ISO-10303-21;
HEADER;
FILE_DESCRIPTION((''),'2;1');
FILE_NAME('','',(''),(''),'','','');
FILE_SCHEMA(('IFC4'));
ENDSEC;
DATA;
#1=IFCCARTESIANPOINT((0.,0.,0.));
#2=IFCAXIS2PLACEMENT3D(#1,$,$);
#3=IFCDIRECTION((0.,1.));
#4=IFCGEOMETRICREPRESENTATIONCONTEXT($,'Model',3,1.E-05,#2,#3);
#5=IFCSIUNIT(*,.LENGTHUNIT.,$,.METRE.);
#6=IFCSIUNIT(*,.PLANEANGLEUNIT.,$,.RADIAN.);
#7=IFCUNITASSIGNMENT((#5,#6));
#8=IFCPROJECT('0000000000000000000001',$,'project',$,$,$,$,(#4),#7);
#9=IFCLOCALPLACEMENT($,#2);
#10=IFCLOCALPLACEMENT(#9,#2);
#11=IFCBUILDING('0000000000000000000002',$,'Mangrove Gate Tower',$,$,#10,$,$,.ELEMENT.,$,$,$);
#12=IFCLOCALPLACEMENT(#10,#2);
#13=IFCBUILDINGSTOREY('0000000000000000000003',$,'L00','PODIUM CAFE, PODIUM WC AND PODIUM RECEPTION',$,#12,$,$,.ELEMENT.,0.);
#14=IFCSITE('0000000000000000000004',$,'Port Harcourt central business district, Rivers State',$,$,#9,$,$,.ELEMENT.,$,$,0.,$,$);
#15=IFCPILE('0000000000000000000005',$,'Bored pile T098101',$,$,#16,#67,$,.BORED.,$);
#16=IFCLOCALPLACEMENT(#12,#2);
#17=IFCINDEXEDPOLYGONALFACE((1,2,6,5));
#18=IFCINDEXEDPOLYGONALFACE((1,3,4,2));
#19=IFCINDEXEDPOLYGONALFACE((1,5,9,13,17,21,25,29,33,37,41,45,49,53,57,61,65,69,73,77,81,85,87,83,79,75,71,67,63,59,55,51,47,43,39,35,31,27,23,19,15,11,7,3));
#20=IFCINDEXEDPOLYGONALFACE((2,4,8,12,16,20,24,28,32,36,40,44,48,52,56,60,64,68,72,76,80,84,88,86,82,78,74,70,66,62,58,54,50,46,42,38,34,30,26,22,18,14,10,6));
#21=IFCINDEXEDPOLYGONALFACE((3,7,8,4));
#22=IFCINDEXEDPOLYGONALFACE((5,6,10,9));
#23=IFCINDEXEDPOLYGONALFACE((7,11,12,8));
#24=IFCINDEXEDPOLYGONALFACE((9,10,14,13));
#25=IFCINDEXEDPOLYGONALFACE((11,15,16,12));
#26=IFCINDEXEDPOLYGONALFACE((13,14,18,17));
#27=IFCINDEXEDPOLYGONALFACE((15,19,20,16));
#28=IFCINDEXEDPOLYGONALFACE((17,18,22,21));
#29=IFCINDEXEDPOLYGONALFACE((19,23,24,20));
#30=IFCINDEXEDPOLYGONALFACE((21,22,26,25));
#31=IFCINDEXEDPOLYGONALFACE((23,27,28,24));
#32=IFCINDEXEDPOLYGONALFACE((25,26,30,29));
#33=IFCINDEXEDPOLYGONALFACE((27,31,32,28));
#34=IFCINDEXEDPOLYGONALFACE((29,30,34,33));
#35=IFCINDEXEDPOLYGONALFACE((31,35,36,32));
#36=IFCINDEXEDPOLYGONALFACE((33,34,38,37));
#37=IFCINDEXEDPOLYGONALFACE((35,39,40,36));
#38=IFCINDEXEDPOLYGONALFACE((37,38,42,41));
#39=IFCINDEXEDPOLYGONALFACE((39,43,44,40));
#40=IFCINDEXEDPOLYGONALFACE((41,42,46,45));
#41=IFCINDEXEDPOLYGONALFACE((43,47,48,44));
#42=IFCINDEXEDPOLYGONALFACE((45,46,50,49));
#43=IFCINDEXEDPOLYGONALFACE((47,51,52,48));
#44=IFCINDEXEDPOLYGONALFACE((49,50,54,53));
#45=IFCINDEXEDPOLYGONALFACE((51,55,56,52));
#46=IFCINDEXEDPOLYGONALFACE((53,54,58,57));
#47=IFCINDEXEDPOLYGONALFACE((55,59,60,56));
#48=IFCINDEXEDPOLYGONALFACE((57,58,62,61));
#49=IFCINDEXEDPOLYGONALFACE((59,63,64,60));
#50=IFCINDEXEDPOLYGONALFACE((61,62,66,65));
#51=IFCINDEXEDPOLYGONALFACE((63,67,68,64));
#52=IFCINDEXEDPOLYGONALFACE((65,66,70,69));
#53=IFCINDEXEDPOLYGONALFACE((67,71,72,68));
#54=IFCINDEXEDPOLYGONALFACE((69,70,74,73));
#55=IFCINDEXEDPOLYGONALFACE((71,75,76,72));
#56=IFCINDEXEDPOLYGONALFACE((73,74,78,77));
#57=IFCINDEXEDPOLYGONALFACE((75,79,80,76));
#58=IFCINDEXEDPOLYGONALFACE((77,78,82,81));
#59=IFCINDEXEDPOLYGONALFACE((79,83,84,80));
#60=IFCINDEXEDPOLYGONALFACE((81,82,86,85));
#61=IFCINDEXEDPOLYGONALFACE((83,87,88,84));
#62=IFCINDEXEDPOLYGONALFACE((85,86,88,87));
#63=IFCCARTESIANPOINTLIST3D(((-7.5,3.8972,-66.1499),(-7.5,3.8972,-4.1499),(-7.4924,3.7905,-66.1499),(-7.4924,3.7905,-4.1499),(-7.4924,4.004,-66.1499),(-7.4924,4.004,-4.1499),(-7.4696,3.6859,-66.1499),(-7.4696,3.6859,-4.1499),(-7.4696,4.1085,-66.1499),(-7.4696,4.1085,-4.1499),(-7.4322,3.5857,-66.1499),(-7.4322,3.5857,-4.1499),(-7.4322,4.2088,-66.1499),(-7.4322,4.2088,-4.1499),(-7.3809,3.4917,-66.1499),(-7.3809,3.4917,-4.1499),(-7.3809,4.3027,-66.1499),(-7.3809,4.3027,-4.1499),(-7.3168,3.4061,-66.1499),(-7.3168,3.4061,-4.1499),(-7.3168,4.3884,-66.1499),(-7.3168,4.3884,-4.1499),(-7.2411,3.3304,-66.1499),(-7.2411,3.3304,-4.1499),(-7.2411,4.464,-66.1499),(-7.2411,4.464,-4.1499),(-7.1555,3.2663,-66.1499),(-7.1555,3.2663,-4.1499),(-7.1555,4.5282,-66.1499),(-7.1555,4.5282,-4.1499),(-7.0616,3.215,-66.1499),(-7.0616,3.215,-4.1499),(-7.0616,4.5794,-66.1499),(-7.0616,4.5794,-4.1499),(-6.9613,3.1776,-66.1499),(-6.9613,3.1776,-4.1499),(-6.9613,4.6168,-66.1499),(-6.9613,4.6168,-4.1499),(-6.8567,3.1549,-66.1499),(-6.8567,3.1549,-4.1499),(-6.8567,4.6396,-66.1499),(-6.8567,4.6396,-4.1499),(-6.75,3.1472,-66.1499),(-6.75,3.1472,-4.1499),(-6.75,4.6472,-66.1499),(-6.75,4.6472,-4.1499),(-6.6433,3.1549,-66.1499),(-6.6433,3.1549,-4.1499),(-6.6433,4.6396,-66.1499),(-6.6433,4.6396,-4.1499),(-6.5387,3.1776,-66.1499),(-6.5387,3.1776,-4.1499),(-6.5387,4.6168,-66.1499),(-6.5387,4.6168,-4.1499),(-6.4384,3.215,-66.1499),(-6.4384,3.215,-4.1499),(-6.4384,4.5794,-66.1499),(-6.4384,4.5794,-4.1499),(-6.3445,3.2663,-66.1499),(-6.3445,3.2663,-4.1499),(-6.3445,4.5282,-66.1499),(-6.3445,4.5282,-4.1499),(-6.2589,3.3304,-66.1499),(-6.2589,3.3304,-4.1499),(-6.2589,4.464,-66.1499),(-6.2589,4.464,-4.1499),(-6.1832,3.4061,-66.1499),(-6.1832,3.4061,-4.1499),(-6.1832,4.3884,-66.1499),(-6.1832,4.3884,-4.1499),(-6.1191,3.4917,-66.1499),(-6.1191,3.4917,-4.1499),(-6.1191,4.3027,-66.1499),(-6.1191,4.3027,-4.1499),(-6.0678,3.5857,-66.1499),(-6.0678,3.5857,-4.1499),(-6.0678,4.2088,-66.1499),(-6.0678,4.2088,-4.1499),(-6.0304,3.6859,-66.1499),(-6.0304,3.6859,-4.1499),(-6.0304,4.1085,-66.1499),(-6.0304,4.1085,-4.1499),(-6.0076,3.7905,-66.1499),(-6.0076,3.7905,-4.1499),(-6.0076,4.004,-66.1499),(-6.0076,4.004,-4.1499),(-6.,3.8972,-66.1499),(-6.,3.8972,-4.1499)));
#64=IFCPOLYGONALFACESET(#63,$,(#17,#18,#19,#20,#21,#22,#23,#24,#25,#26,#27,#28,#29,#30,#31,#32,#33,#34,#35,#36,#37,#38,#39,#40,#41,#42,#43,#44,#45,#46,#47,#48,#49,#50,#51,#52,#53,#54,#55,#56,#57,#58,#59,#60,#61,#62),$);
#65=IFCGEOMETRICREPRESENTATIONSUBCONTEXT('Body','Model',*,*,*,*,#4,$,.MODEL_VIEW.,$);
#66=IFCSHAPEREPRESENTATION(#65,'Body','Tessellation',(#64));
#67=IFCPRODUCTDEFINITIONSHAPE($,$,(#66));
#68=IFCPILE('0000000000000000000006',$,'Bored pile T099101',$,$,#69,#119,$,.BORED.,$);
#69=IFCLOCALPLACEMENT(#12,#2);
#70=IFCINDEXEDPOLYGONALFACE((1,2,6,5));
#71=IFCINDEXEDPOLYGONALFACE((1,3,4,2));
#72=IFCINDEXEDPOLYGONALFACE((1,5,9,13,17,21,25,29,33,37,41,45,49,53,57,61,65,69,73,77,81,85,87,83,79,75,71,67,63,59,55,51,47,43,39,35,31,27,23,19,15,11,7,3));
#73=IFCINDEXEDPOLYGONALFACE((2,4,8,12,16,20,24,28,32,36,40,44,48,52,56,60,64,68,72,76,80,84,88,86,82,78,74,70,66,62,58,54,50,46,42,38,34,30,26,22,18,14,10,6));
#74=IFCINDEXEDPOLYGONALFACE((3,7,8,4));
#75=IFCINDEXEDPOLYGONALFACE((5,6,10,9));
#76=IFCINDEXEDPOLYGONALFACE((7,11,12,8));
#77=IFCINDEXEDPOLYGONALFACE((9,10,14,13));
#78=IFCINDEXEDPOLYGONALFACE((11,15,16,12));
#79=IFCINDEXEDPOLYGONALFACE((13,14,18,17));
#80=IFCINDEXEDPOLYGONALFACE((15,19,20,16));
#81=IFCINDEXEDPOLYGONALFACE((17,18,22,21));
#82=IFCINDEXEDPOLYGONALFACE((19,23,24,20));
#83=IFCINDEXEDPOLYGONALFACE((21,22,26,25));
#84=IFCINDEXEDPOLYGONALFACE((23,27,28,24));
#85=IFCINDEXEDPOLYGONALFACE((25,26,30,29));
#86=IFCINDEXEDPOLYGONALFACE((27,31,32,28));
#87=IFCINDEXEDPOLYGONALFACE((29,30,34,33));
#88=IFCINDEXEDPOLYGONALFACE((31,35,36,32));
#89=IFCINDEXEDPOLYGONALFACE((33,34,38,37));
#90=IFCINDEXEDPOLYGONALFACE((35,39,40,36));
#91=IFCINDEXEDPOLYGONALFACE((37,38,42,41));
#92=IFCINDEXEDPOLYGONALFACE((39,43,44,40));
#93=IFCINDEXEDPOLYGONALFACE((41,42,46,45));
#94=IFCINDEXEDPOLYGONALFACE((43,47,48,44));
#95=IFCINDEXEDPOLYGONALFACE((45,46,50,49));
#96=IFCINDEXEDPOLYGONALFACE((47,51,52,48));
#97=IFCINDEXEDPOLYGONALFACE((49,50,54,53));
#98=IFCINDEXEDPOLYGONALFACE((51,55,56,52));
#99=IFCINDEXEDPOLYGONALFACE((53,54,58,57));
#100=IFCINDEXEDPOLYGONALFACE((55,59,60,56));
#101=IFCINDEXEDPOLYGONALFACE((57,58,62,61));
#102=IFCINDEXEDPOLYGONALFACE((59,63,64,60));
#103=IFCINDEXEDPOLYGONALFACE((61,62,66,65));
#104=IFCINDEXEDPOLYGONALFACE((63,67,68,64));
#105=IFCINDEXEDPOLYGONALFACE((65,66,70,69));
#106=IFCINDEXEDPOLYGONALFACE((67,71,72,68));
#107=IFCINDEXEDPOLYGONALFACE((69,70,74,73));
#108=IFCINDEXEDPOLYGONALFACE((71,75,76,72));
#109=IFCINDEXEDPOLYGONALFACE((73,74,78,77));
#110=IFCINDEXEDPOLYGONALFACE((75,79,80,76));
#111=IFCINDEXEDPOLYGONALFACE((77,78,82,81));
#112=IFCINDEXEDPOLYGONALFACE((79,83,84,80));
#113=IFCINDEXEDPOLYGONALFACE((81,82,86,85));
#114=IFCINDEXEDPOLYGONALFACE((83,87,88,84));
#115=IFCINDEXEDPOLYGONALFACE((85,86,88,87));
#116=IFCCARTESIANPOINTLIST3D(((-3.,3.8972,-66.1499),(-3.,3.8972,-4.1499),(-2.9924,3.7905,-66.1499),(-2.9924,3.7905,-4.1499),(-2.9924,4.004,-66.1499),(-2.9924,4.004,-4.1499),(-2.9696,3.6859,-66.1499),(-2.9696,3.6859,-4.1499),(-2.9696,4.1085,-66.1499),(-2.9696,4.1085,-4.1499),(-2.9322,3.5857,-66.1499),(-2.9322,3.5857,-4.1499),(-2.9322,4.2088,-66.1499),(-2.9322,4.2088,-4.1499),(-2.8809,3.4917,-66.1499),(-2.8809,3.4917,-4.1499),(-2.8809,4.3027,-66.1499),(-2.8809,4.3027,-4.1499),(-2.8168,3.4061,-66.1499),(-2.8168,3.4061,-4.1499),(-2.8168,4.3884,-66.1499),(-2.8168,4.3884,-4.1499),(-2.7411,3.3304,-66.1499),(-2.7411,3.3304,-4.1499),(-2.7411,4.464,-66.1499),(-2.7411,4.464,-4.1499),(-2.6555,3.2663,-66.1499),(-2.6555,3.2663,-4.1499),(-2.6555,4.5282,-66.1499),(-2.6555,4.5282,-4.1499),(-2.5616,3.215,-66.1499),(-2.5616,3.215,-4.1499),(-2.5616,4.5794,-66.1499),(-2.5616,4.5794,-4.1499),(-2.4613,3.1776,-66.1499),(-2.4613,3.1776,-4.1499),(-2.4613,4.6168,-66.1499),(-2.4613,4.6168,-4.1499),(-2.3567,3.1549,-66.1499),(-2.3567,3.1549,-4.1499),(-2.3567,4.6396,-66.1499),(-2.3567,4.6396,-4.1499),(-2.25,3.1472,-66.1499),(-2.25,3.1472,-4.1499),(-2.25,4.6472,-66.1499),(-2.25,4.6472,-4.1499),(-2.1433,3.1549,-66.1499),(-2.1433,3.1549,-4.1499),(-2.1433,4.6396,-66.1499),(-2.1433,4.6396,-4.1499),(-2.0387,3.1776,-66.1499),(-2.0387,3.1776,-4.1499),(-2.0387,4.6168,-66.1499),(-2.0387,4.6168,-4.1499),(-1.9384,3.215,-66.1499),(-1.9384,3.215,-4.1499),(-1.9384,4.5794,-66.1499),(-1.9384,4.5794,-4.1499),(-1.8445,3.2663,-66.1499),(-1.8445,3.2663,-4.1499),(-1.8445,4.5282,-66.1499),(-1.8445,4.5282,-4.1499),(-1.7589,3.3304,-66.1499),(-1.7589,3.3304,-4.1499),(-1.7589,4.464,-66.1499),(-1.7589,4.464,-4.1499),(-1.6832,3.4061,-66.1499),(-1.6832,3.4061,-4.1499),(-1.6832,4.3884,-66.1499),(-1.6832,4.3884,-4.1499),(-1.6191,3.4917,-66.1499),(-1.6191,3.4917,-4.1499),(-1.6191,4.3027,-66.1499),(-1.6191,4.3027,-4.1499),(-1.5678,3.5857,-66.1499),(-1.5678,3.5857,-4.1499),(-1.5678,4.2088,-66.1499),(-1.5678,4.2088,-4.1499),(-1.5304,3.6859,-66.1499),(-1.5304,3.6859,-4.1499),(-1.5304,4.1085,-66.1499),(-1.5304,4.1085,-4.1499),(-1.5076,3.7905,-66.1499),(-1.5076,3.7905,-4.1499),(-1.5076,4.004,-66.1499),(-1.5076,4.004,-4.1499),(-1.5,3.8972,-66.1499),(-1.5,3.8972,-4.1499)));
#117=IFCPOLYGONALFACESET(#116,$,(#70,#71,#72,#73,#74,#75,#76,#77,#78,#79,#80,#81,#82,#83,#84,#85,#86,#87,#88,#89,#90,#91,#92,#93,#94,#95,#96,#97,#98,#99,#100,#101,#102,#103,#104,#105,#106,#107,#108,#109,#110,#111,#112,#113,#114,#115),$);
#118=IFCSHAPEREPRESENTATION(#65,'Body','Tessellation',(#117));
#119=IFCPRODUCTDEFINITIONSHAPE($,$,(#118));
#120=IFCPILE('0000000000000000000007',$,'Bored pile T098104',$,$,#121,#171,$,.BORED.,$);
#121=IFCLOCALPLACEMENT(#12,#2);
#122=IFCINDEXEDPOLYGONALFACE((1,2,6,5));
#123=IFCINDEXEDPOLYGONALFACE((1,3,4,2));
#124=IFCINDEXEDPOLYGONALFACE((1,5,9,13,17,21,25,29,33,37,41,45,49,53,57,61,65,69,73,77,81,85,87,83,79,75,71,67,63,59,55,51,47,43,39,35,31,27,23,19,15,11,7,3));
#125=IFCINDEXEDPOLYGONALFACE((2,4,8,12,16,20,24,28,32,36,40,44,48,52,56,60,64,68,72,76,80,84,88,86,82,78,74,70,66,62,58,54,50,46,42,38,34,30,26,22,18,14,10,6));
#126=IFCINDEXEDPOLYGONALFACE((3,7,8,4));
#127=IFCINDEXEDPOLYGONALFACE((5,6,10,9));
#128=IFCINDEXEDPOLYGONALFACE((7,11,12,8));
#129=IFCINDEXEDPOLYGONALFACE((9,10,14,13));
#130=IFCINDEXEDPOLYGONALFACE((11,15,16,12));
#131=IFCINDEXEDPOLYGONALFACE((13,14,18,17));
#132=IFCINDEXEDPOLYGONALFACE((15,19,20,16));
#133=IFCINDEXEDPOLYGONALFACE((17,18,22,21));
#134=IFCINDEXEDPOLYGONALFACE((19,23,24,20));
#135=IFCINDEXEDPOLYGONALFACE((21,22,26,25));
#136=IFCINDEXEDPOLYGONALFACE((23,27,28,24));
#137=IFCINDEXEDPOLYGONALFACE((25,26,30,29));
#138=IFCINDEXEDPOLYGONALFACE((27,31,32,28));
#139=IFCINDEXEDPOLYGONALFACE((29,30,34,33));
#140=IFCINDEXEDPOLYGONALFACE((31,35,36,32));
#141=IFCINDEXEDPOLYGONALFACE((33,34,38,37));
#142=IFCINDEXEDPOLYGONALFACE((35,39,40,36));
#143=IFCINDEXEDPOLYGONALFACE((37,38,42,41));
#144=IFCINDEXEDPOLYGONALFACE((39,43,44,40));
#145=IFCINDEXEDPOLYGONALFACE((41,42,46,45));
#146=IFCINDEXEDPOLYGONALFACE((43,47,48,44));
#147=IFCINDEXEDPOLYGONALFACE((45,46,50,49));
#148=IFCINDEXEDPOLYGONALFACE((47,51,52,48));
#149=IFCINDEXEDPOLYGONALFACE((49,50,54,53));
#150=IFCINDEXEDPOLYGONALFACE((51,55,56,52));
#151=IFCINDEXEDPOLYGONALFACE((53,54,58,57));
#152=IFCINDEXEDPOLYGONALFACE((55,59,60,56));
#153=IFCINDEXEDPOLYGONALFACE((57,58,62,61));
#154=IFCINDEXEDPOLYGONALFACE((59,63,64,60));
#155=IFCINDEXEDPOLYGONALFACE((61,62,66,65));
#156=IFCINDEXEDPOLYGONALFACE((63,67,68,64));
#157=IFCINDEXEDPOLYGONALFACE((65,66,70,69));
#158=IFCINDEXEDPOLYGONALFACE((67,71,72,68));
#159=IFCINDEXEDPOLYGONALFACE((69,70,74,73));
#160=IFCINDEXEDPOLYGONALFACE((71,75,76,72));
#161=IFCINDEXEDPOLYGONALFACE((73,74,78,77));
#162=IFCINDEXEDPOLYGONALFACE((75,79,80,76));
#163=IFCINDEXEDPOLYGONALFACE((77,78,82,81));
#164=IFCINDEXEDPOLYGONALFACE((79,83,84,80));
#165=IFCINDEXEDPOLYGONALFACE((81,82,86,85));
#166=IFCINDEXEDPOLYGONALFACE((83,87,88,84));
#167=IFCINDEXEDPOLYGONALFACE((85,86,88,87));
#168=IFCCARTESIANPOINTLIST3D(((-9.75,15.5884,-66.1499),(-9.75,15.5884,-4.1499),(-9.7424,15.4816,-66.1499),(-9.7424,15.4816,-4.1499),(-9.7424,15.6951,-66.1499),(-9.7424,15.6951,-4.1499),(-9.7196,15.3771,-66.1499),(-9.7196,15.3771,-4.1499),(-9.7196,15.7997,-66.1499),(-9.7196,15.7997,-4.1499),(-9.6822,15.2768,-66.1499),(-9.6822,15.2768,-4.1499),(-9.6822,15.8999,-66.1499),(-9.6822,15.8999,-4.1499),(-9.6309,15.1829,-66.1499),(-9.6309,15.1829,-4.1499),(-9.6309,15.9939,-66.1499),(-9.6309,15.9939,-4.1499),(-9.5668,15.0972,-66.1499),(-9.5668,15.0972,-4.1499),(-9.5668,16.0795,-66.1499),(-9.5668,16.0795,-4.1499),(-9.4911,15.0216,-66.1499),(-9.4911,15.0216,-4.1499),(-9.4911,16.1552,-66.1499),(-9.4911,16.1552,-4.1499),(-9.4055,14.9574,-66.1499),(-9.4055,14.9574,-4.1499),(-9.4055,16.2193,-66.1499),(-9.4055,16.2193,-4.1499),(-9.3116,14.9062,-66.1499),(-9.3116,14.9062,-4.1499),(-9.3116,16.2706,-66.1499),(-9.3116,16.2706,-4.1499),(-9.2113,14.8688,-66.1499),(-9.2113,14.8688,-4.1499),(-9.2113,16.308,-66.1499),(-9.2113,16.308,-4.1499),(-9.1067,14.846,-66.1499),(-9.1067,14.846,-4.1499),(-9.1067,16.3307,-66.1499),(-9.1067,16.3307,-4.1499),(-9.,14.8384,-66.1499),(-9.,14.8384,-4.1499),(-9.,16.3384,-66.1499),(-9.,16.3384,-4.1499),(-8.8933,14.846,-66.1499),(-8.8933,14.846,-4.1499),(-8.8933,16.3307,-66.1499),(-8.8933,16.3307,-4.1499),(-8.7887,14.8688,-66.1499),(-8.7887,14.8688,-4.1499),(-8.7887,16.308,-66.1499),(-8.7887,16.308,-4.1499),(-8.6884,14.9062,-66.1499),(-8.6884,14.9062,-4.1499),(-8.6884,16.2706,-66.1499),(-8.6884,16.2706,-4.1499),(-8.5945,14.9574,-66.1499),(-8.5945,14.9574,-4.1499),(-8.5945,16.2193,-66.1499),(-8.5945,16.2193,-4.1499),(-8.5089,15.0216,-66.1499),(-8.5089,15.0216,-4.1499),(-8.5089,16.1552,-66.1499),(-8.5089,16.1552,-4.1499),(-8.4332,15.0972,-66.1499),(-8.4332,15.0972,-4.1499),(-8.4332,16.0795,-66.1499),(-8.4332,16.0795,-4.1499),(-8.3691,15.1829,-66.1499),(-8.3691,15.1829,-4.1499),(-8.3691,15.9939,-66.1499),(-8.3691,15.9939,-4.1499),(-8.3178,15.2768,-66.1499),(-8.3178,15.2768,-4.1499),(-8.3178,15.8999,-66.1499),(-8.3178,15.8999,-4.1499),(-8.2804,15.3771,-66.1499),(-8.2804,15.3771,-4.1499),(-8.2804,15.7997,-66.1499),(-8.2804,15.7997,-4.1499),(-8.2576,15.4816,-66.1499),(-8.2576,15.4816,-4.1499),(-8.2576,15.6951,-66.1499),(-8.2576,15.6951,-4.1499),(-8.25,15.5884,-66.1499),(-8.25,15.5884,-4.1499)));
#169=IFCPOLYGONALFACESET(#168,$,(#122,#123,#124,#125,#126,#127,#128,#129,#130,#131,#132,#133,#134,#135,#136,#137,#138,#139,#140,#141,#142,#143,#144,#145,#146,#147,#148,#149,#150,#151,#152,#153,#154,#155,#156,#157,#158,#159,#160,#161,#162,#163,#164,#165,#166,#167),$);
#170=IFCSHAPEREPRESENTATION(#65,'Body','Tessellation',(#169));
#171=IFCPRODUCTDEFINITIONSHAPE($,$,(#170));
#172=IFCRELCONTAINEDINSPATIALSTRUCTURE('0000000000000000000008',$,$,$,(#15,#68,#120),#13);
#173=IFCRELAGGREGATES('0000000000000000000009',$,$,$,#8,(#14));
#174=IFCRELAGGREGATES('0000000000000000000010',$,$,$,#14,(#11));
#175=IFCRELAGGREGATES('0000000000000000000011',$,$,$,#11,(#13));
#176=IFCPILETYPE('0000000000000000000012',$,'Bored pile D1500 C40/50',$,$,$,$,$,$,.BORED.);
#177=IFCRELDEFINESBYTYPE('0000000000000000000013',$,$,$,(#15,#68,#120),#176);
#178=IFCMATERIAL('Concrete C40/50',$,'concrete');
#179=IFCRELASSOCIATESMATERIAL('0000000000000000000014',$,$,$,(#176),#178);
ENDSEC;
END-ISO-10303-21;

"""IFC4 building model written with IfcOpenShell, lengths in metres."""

from ifc_helpers import new_model, si_unit, direction, frame, origin, origin_2d, place, context, subcontext, project, spatial, circle, extrude, material, material_profile, profile_set, type_object, element, save


model = new_model("IFC4")

# Units and contexts
model_context = context("Model", 3, precision=1e-05, world=origin(), true_north=direction((0.0, 1.0)))
body_context = subcontext(model_context, "Body", "Model", "MODEL_VIEW")
ifc_project = project(units=[si_unit("LENGTHUNIT", "METRE"), si_unit("PLANEANGLEUNIT", "RADIAN")], contexts=[model_context])

# Site, building, storey
site_placement = place(None, origin())
site = spatial("IfcSite", under=ifc_project, at=site_placement, Name="Port Harcourt central business district, Rivers State", CompositionType="ELEMENT", RefElevation=0.0)
building_placement = place(site_placement, origin())
building = spatial("IfcBuilding", under=site, at=building_placement, Name="Mangrove Gate Tower", CompositionType="ELEMENT")
storey_placement = place(building_placement, origin())
storey = spatial("IfcBuildingStorey", under=building, at=storey_placement, Name="L00", Description="PODIUM CAFE, PODIUM WC AND PODIUM RECEPTION", CompositionType="ELEMENT", Elevation=0.0)

# Piles
ifc_material_1 = material(Name="Concrete C40/50", Category="concrete")
ifc_material_profile = material_profile(ifc_material_1, circle(Radius=0.75, at=origin_2d()))
ifc_profile_set = profile_set([ifc_material_profile], Name="Concrete C40/50")
pile_type = type_object("IfcPileType", Name="Bored pile D1500 C40/50", PredefinedType="BORED", material=ifc_profile_set)
for number, where, z_axis, x_axis, name in (
    (1, (-6.75, 3.8972, -4.1499), (0.0, 0.0, -1.0), (1.0, 0.0, 0.0), "Bored pile T098101"),
    (2, (-2.25, 3.8972, -4.1499), (0.0, 0.0, -1.0), (1.0, 0.0, 0.0), "Bored pile T099101"),
    (3, (-9.0, 15.5884, -4.1499), (0.0, 0.0, -1.0), (1.0, 0.0, 0.0), "Bored pile T098104"),
):
    element("IfcPile", number, at=place(storey_placement, frame(where, z_axis=z_axis, x_axis=x_axis)), inside=storey, type_object=pile_type, Name=name, PredefinedType="BORED", context=body_context, shape_type="SweptSolid", body=[
        extrude(circle(Radius=0.75, at=origin_2d()), origin(), (0.0, 0.0, 1.0), 62.0),
    ])

save(model, "model.ifc")
